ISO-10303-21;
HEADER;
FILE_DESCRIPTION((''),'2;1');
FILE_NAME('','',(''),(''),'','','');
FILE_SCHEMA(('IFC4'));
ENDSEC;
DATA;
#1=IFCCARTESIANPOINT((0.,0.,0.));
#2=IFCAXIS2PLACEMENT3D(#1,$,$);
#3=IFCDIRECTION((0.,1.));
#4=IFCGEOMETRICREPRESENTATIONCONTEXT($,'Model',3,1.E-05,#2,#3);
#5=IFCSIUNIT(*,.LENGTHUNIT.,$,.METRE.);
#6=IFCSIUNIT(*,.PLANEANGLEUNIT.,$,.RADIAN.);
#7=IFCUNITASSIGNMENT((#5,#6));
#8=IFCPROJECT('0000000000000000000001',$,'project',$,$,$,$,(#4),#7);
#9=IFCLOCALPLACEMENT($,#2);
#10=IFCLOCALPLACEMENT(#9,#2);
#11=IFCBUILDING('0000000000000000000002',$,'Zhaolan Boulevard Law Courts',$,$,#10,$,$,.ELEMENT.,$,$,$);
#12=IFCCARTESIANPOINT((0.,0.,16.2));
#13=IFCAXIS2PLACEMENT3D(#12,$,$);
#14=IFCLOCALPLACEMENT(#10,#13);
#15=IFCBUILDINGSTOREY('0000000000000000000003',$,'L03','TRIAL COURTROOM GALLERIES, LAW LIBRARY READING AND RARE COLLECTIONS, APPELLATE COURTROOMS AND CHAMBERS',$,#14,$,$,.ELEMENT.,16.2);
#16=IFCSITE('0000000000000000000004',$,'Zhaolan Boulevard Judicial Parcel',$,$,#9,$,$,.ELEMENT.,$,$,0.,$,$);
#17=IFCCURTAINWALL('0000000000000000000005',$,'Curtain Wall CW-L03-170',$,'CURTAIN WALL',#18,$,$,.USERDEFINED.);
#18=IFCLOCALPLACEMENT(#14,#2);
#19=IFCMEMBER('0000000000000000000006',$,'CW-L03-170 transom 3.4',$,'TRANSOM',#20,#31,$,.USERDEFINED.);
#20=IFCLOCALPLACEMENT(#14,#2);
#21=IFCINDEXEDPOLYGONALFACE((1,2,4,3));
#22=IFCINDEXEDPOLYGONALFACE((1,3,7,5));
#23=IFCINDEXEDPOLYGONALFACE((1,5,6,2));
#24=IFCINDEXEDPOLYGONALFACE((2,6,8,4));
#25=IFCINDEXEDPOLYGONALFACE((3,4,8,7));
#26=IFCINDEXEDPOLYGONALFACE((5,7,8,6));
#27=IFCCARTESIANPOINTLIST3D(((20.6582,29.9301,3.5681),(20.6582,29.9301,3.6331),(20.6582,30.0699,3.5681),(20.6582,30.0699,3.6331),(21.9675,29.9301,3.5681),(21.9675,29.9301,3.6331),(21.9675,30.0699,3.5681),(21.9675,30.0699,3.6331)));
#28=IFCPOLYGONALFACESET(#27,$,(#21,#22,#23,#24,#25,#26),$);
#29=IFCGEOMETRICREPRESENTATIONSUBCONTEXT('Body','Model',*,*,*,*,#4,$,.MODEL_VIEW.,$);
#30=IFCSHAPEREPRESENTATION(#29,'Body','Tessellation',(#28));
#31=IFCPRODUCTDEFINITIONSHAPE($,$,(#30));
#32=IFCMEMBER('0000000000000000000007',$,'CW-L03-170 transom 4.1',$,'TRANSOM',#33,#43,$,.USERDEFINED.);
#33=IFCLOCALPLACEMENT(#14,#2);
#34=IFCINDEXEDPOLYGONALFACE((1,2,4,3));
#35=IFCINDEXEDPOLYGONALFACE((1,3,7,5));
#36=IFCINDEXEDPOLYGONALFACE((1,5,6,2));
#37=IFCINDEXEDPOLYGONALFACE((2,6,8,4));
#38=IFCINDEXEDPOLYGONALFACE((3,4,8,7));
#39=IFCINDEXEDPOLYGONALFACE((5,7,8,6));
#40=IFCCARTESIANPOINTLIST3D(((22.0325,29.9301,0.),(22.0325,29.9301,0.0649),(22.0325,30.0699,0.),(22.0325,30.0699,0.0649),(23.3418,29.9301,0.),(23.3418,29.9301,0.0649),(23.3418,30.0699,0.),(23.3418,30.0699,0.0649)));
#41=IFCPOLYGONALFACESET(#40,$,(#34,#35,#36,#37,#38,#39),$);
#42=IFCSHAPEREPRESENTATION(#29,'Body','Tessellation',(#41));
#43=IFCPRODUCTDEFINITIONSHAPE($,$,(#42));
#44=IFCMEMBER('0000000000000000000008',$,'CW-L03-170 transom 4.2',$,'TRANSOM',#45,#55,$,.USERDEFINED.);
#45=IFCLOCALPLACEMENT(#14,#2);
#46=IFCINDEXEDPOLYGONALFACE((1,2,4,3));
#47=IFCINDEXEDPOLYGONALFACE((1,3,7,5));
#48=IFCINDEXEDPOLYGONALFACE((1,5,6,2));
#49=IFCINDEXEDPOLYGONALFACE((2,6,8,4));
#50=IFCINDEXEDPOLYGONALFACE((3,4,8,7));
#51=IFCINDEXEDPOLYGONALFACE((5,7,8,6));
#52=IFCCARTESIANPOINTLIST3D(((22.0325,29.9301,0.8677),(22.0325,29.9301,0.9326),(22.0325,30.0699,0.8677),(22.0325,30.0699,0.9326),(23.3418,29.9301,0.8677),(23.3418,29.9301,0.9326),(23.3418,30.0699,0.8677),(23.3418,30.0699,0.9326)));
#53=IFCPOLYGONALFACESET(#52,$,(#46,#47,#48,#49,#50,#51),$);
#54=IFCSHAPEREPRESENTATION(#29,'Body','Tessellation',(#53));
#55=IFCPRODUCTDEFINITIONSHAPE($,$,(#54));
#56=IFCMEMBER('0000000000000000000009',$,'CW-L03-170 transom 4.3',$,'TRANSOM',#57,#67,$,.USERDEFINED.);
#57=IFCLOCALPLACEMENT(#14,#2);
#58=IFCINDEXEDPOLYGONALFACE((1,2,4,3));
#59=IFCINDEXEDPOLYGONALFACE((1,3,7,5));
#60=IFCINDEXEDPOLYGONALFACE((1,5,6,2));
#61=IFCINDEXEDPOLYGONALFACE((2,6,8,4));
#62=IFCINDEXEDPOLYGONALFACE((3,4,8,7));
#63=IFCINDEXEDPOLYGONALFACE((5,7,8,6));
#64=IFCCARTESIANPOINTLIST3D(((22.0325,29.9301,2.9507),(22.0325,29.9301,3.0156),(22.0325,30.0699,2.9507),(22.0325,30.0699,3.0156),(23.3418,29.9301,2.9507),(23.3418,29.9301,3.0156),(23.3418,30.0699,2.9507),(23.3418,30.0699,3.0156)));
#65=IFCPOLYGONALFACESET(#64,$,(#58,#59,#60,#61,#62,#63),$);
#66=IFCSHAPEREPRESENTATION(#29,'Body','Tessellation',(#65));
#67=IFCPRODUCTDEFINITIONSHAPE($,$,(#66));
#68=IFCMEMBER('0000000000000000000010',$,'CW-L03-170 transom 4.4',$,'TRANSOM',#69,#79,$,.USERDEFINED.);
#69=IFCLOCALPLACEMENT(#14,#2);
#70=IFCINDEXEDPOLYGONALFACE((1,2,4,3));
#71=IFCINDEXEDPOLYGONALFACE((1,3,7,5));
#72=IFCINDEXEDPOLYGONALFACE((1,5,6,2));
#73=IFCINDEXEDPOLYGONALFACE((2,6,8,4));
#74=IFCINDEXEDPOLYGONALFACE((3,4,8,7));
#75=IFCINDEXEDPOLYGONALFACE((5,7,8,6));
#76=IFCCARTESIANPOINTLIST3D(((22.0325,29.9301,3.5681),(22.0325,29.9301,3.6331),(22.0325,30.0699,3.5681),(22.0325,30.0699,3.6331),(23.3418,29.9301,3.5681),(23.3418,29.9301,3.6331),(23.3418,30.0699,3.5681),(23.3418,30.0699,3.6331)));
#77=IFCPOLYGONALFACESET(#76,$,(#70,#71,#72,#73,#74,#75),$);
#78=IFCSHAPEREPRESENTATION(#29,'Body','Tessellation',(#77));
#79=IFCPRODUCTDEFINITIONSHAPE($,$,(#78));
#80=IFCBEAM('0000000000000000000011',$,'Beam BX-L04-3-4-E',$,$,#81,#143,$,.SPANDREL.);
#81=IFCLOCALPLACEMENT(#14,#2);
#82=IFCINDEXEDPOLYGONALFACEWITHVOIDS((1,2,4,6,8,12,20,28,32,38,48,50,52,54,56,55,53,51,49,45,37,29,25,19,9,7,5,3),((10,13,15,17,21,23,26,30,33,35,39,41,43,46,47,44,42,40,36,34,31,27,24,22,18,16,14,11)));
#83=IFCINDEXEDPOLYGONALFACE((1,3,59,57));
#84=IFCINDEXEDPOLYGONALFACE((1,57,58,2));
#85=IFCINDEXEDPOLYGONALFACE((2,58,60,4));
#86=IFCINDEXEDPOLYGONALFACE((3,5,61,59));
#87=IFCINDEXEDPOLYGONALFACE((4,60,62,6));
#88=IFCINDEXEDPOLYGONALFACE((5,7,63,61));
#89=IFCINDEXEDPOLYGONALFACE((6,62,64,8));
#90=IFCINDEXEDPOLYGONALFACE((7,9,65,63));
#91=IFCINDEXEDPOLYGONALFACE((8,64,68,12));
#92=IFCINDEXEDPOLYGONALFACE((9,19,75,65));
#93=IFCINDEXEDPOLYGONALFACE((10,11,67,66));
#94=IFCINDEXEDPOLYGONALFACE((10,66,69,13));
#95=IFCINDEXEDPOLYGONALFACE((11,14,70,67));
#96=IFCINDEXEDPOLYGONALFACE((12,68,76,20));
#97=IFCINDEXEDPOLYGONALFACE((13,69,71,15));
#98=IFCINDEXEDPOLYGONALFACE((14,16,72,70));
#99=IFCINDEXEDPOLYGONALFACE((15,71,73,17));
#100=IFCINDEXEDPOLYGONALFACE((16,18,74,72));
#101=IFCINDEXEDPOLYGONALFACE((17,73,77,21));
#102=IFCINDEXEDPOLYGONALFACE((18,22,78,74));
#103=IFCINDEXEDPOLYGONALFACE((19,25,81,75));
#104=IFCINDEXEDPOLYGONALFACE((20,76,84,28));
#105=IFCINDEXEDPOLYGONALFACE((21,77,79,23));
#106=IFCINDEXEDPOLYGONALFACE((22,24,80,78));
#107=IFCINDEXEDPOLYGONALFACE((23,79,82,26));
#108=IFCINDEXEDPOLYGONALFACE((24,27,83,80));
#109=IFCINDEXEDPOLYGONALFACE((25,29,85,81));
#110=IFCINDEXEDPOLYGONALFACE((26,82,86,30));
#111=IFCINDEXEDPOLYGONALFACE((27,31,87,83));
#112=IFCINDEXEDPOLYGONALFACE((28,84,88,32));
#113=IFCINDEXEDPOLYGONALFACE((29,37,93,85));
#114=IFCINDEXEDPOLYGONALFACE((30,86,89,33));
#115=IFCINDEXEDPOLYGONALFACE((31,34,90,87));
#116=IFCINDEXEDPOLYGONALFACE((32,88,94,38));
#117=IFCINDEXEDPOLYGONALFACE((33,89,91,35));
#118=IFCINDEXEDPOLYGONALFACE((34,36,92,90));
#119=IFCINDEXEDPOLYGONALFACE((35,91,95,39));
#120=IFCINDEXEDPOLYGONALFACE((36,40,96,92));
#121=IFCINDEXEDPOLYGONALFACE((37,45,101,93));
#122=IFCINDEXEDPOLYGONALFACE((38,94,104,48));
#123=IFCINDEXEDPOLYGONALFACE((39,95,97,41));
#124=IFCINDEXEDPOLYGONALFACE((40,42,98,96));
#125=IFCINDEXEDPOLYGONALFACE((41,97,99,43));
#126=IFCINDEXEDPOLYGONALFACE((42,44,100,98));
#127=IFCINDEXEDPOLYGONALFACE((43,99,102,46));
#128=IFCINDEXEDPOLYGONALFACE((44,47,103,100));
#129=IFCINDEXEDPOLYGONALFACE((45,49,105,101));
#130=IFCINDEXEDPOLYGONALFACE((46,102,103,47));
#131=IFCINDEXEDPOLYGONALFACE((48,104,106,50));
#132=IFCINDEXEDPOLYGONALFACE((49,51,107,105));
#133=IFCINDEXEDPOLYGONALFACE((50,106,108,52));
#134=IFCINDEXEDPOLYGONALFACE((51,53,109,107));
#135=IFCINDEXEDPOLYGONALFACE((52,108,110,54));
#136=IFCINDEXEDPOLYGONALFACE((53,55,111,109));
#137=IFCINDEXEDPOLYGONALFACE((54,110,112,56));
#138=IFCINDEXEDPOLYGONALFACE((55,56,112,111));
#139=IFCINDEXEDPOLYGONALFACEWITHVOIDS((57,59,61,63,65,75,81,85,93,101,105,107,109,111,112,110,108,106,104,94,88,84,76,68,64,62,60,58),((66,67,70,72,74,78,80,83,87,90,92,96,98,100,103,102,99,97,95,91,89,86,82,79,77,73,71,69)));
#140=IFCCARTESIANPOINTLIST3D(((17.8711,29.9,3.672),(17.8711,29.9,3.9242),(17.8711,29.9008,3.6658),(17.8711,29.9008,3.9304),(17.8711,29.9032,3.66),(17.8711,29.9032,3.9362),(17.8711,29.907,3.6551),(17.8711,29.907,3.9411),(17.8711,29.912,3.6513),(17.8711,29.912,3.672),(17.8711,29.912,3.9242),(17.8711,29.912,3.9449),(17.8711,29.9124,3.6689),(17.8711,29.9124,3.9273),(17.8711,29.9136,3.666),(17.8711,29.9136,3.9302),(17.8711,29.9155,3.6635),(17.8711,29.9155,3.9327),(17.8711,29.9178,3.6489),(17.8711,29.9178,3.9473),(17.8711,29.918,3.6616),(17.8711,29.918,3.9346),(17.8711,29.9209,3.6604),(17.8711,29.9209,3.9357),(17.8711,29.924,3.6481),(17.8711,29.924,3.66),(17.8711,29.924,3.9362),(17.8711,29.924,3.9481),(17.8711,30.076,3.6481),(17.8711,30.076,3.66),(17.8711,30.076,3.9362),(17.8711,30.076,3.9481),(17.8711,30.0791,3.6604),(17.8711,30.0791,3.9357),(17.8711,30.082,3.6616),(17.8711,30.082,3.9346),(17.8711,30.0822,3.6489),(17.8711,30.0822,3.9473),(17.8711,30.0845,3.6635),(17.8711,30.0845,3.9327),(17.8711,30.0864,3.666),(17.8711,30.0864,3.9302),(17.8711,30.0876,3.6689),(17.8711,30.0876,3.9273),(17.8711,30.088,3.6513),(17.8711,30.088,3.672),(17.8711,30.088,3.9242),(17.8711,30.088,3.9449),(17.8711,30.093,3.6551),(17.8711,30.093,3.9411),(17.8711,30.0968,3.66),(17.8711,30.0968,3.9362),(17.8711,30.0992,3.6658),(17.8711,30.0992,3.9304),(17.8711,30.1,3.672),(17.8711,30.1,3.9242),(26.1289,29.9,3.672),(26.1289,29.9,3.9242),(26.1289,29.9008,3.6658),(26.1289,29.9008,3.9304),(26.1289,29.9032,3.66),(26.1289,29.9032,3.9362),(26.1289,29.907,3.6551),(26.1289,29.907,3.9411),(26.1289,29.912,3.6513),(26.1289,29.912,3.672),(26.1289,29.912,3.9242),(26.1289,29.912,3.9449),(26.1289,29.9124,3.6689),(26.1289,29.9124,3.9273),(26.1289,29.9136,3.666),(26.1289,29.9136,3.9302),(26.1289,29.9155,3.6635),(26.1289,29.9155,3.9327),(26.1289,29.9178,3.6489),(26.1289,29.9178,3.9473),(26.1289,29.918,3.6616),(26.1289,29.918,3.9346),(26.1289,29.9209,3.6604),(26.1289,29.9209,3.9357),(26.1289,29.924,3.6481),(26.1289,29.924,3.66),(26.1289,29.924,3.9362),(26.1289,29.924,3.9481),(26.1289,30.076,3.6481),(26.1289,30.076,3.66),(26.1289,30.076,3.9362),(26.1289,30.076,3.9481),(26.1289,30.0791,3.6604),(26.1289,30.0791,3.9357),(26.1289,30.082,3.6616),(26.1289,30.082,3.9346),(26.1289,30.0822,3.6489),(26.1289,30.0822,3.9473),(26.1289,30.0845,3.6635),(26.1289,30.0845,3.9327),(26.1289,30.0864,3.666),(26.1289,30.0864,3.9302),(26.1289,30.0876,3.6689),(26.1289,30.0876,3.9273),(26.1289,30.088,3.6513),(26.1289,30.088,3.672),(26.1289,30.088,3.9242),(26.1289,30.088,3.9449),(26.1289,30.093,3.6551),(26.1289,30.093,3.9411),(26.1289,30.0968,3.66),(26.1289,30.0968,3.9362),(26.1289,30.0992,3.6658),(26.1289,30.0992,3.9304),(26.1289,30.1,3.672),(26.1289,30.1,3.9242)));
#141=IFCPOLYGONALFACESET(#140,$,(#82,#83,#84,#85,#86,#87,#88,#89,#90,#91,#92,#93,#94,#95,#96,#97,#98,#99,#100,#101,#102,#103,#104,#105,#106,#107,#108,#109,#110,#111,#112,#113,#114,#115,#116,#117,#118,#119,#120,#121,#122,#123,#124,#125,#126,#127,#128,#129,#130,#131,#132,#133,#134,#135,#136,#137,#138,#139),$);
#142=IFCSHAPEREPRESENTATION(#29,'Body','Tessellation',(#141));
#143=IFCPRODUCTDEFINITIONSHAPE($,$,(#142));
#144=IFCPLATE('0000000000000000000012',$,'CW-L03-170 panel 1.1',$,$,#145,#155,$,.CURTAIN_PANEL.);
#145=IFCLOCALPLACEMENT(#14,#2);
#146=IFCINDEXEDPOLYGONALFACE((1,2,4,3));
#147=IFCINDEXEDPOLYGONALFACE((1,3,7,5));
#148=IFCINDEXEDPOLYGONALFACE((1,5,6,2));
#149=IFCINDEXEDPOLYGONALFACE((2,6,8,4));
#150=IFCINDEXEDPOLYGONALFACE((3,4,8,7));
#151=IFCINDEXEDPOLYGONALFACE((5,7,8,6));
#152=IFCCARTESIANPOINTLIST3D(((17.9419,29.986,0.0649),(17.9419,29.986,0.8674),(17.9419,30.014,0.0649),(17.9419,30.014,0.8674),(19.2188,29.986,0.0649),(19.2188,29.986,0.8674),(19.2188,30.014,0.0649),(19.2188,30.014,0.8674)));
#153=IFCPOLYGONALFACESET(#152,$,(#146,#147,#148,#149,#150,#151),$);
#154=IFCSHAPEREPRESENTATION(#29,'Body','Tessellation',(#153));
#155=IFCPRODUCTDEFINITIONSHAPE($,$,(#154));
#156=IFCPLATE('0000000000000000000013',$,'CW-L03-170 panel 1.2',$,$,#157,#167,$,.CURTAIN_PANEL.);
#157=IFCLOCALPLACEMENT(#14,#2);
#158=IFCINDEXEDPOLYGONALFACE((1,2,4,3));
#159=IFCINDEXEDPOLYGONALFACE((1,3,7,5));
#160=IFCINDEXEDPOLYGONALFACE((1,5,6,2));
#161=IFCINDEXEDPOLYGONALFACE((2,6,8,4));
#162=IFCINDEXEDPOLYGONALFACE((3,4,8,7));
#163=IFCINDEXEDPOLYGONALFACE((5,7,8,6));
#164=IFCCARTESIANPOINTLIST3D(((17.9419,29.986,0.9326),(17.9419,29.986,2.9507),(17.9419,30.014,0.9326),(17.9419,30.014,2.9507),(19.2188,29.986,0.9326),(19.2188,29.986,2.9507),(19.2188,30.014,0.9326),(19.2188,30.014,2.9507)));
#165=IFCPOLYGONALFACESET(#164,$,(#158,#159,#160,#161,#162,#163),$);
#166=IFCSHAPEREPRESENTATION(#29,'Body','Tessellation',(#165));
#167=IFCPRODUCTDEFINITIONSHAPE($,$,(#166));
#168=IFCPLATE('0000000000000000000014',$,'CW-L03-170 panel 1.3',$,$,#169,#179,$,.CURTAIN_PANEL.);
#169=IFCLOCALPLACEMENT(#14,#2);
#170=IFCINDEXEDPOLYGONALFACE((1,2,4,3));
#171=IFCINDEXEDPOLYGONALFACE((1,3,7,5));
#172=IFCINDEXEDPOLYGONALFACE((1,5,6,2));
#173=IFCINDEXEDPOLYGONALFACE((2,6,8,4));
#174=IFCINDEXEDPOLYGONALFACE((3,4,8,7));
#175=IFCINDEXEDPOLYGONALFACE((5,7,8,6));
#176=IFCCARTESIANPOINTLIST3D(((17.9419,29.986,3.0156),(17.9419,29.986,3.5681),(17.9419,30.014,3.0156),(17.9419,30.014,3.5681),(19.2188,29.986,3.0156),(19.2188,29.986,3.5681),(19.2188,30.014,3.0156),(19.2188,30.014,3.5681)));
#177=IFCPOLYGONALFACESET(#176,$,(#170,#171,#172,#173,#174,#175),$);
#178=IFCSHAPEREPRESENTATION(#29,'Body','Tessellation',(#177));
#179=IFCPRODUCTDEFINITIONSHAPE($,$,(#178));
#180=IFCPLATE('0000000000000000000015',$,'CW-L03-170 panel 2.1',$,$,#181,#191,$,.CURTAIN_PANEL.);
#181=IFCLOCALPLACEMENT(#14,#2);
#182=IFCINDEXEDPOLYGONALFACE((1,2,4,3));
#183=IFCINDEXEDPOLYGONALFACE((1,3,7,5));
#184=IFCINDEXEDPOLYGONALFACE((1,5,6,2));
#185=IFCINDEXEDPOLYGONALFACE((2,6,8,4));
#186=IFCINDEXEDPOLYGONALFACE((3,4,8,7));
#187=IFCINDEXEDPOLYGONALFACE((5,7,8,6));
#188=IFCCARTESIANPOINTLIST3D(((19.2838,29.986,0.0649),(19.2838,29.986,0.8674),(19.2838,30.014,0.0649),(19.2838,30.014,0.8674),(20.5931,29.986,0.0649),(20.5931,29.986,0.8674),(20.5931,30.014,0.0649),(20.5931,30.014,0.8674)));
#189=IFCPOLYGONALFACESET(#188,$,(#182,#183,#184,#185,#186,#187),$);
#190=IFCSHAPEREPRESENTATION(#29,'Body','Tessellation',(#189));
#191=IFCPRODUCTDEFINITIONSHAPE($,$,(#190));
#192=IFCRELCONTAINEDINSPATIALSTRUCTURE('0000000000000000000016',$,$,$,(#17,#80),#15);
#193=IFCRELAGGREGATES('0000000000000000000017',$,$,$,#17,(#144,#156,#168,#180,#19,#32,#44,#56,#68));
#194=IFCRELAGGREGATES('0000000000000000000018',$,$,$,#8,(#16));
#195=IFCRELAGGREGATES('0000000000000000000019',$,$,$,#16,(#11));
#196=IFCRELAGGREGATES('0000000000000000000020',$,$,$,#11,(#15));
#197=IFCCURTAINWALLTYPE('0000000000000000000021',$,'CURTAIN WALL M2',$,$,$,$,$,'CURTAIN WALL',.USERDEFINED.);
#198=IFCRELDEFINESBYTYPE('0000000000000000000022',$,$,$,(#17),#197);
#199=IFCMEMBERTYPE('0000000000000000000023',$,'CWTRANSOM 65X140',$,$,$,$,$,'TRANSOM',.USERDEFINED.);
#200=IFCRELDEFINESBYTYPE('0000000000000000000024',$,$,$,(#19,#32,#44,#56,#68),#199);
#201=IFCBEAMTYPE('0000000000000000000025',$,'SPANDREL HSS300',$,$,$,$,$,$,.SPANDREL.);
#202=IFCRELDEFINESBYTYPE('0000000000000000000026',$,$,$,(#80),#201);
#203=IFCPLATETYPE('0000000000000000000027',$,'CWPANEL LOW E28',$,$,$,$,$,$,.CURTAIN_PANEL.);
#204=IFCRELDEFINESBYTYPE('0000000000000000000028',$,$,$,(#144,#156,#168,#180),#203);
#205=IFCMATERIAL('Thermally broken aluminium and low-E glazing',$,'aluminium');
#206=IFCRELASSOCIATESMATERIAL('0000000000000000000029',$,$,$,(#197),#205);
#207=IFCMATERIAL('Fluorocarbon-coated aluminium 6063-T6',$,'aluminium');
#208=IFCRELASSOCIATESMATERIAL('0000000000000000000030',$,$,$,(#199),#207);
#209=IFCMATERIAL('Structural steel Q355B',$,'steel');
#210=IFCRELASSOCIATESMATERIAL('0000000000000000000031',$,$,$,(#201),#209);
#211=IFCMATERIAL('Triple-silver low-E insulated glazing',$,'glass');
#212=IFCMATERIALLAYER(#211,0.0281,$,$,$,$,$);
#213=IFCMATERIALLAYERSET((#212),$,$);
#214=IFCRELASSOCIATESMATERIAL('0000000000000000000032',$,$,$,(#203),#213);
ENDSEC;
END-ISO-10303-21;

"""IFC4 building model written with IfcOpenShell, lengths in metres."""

from ifc_helpers import new_model, si_unit, direction, frame, origin, origin_2d, place, context, subcontext, project, spatial, rectangle, hollow_rectangle, extrude, material, layer, layer_set, material_profile, profile_set, type_object, element, aggregate, save


model = new_model("IFC4")

# Units and contexts
model_context = context("Model", 3, precision=1e-05, world=origin(), true_north=direction((0.0, 1.0)))
body_context = subcontext(model_context, "Body", "Model", "MODEL_VIEW")
ifc_project = project(units=[si_unit("LENGTHUNIT", "METRE"), si_unit("PLANEANGLEUNIT", "RADIAN")], contexts=[model_context])

# Site, building, storey
site_placement = place(None, origin())
site = spatial("IfcSite", under=ifc_project, at=site_placement, Name="Zhaolan Boulevard Judicial Parcel", CompositionType="ELEMENT", RefElevation=0.0)
building_placement = place(site_placement, origin())
building = spatial("IfcBuilding", under=site, at=building_placement, Name="Zhaolan Boulevard Law Courts", CompositionType="ELEMENT")
storey_placement = place(building_placement, frame((0.0, 0.0, 16.2)))
storey = spatial("IfcBuildingStorey", under=building, at=storey_placement, Name="L03", Description="TRIAL COURTROOM GALLERIES, LAW LIBRARY READING AND RARE COLLECTIONS, APPELLATE COURTROOMS AND CHAMBERS", CompositionType="ELEMENT", Elevation=16.2)

# Curtain wall, members
ifc_material_1 = material(Name="Thermally broken aluminium and low-E glazing", Category="aluminium")
curtain_wall_type = type_object("IfcCurtainWallType", Name="CURTAIN WALL M2", ElementType="CURTAIN WALL", PredefinedType="USERDEFINED", material=ifc_material_1)
curtain_wall_placement = place(storey_placement, origin())
curtain_wall = element("IfcCurtainWall", 1, at=curtain_wall_placement, inside=storey, type_object=curtain_wall_type, Name="Curtain Wall CW-L03-170", ObjectType="CURTAIN WALL", PredefinedType="USERDEFINED")
ifc_material_2 = material(Name="Fluorocarbon-coated aluminium 6063-T6", Category="aluminium")
ifc_material_profile_1 = material_profile(ifc_material_2, rectangle(XDim=0.1399, YDim=0.0649, at=origin_2d()), Name="AL65x140")
ifc_profile_set_1 = profile_set([ifc_material_profile_1], Name="Fluorocarbon-coated aluminium 6063-T6")
member_type_1 = type_object("IfcMemberType", Name="CWTRANSOM 65X140", ElementType="TRANSOM", PredefinedType="USERDEFINED", material=ifc_profile_set_1)
member_1_placement = place(storey_placement, frame((20.6582, 30.0, 3.6006), z_axis=(1.0, 0.0, 0.0), x_axis=(0.0, 1.0, 0.0)))
member_1 = element("IfcMember", 2, at=member_1_placement, type_object=member_type_1, Name="CW-L03-170 transom 3.4", ObjectType="TRANSOM", PredefinedType="USERDEFINED", context=body_context, shape_type="SweptSolid", body=[
    extrude(rectangle(XDim=0.1399, YDim=0.0649, at=origin_2d()), origin(), (0.0, 0.0, 1.0), 1.3093),
])
member_2_placement = place(storey_placement, frame((22.0325, 30.0, 0.0325), z_axis=(1.0, 0.0, 0.0), x_axis=(0.0, 1.0, 0.0)))
member_2 = element("IfcMember", 3, at=member_2_placement, type_object=member_type_1, Name="CW-L03-170 transom 4.1", ObjectType="TRANSOM", PredefinedType="USERDEFINED", context=body_context, shape_type="SweptSolid", body=[
    extrude(rectangle(XDim=0.1399, YDim=0.0649, at=origin_2d()), origin(), (0.0, 0.0, 1.0), 1.3093),
])
member_3_placement = place(storey_placement, frame((22.0325, 30.0, 0.9001), z_axis=(1.0, 0.0, 0.0), x_axis=(0.0, 1.0, 0.0)))
member_3 = element("IfcMember", 4, at=member_3_placement, type_object=member_type_1, Name="CW-L03-170 transom 4.2", ObjectType="TRANSOM", PredefinedType="USERDEFINED", context=body_context, shape_type="SweptSolid", body=[
    extrude(rectangle(XDim=0.1399, YDim=0.0649, at=origin_2d()), origin(), (0.0, 0.0, 1.0), 1.3093),
])
member_4_placement = place(storey_placement, frame((22.0325, 30.0, 2.9832), z_axis=(1.0, 0.0, 0.0), x_axis=(0.0, 1.0, 0.0)))
member_4 = element("IfcMember", 5, at=member_4_placement, type_object=member_type_1, Name="CW-L03-170 transom 4.3", ObjectType="TRANSOM", PredefinedType="USERDEFINED", context=body_context, shape_type="SweptSolid", body=[
    extrude(rectangle(XDim=0.1399, YDim=0.0649, at=origin_2d()), origin(), (0.0, 0.0, 1.0), 1.3093),
])
member_5_placement = place(storey_placement, frame((22.0325, 30.0, 3.6006), z_axis=(1.0, 0.0, 0.0), x_axis=(0.0, 1.0, 0.0)))
member_5 = element("IfcMember", 6, at=member_5_placement, type_object=member_type_1, Name="CW-L03-170 transom 4.4", ObjectType="TRANSOM", PredefinedType="USERDEFINED", context=body_context, shape_type="SweptSolid", body=[
    extrude(rectangle(XDim=0.1399, YDim=0.0649, at=origin_2d()), origin(), (0.0, 0.0, 1.0), 1.3093),
])

# Beam
ifc_material_3 = material(Name="Structural steel Q355B", Category="steel")
ifc_material_profile_2 = material_profile(ifc_material_3, hollow_rectangle(XDim=0.2, YDim=0.3, WallThickness=0.012, InnerFilletRadius=0.012, OuterFilletRadius=0.0239, at=origin_2d()), Name="HSS300x200x12")
ifc_profile_set_2 = profile_set([ifc_material_profile_2], Name="Structural steel Q355B")
beam_type = type_object("IfcBeamType", Name="SPANDREL HSS300", PredefinedType="SPANDREL", material=ifc_profile_set_2)
beam_placement = place(storey_placement, frame((17.8711, 30.0, 3.7981), z_axis=(1.0, 0.0, 0.0), x_axis=(0.0, 1.0, 0.0)))
element("IfcBeam", 7, at=beam_placement, inside=storey, type_object=beam_type, Name="Beam BX-L04-3-4-E", PredefinedType="SPANDREL", context=body_context, shape_type="SweptSolid", body=[
    extrude(hollow_rectangle(XDim=0.2, YDim=0.3, WallThickness=0.012, InnerFilletRadius=0.012, OuterFilletRadius=0.0239, at=origin_2d()), origin(), (0.0, 0.0, 1.0), 8.2578),
])

# Plates
ifc_material_4 = material(Name="Triple-silver low-E insulated glazing", Category="glass")
ifc_layer_1 = layer(ifc_material_4, 0.0281)
ifc_layer_set_1 = layer_set([ifc_layer_1])
plate_type_1 = type_object("IfcPlateType", Name="CWPANEL LOW E28", PredefinedType="CURTAIN_PANEL", material=ifc_layer_set_1)
plate_1_placement = place(storey_placement, frame((18.5803, 30.0, 0.0649), z_axis=(0.0, 0.0, 1.0), x_axis=(1.0, 0.0, 0.0)))
plate_1 = element("IfcPlate", 8, at=plate_1_placement, type_object=plate_type_1, Name="CW-L03-170 panel 1.1", PredefinedType="CURTAIN_PANEL", context=body_context, shape_type="SweptSolid", body=[
    extrude(rectangle(XDim=1.2769, YDim=0.0281, at=origin_2d()), origin(), (0.0, 0.0, 1.0), 0.8025),
])
plate_2_placement = place(storey_placement, frame((18.5803, 30.0, 0.9326), z_axis=(0.0, 0.0, 1.0), x_axis=(1.0, 0.0, 0.0)))
plate_2 = element("IfcPlate", 9, at=plate_2_placement, type_object=plate_type_1, Name="CW-L03-170 panel 1.2", PredefinedType="CURTAIN_PANEL", context=body_context, shape_type="SweptSolid", body=[
    extrude(rectangle(XDim=1.2769, YDim=0.0281, at=origin_2d()), origin(), (0.0, 0.0, 1.0), 2.0181),
])
plate_3_placement = place(storey_placement, frame((18.5803, 30.0, 3.0156), z_axis=(0.0, 0.0, 1.0), x_axis=(1.0, 0.0, 0.0)))
plate_3 = element("IfcPlate", 10, at=plate_3_placement, type_object=plate_type_1, Name="CW-L03-170 panel 1.3", PredefinedType="CURTAIN_PANEL", context=body_context, shape_type="SweptSolid", body=[
    extrude(rectangle(XDim=1.2769, YDim=0.0281, at=origin_2d()), origin(), (0.0, 0.0, 1.0), 0.5525),
])
plate_4_placement = place(storey_placement, frame((19.9385, 30.0, 0.0649), z_axis=(0.0, 0.0, 1.0), x_axis=(1.0, 0.0, 0.0)))
plate_4 = element("IfcPlate", 11, at=plate_4_placement, type_object=plate_type_1, Name="CW-L03-170 panel 2.1", PredefinedType="CURTAIN_PANEL", context=body_context, shape_type="SweptSolid", body=[
    extrude(rectangle(XDim=1.3093, YDim=0.0281, at=origin_2d()), origin(), (0.0, 0.0, 1.0), 0.8025),
])
aggregate(curtain_wall, [plate_1, plate_2, plate_3, plate_4, member_1, member_2, member_3, member_4, member_5])

save(model, "model.ifc")
